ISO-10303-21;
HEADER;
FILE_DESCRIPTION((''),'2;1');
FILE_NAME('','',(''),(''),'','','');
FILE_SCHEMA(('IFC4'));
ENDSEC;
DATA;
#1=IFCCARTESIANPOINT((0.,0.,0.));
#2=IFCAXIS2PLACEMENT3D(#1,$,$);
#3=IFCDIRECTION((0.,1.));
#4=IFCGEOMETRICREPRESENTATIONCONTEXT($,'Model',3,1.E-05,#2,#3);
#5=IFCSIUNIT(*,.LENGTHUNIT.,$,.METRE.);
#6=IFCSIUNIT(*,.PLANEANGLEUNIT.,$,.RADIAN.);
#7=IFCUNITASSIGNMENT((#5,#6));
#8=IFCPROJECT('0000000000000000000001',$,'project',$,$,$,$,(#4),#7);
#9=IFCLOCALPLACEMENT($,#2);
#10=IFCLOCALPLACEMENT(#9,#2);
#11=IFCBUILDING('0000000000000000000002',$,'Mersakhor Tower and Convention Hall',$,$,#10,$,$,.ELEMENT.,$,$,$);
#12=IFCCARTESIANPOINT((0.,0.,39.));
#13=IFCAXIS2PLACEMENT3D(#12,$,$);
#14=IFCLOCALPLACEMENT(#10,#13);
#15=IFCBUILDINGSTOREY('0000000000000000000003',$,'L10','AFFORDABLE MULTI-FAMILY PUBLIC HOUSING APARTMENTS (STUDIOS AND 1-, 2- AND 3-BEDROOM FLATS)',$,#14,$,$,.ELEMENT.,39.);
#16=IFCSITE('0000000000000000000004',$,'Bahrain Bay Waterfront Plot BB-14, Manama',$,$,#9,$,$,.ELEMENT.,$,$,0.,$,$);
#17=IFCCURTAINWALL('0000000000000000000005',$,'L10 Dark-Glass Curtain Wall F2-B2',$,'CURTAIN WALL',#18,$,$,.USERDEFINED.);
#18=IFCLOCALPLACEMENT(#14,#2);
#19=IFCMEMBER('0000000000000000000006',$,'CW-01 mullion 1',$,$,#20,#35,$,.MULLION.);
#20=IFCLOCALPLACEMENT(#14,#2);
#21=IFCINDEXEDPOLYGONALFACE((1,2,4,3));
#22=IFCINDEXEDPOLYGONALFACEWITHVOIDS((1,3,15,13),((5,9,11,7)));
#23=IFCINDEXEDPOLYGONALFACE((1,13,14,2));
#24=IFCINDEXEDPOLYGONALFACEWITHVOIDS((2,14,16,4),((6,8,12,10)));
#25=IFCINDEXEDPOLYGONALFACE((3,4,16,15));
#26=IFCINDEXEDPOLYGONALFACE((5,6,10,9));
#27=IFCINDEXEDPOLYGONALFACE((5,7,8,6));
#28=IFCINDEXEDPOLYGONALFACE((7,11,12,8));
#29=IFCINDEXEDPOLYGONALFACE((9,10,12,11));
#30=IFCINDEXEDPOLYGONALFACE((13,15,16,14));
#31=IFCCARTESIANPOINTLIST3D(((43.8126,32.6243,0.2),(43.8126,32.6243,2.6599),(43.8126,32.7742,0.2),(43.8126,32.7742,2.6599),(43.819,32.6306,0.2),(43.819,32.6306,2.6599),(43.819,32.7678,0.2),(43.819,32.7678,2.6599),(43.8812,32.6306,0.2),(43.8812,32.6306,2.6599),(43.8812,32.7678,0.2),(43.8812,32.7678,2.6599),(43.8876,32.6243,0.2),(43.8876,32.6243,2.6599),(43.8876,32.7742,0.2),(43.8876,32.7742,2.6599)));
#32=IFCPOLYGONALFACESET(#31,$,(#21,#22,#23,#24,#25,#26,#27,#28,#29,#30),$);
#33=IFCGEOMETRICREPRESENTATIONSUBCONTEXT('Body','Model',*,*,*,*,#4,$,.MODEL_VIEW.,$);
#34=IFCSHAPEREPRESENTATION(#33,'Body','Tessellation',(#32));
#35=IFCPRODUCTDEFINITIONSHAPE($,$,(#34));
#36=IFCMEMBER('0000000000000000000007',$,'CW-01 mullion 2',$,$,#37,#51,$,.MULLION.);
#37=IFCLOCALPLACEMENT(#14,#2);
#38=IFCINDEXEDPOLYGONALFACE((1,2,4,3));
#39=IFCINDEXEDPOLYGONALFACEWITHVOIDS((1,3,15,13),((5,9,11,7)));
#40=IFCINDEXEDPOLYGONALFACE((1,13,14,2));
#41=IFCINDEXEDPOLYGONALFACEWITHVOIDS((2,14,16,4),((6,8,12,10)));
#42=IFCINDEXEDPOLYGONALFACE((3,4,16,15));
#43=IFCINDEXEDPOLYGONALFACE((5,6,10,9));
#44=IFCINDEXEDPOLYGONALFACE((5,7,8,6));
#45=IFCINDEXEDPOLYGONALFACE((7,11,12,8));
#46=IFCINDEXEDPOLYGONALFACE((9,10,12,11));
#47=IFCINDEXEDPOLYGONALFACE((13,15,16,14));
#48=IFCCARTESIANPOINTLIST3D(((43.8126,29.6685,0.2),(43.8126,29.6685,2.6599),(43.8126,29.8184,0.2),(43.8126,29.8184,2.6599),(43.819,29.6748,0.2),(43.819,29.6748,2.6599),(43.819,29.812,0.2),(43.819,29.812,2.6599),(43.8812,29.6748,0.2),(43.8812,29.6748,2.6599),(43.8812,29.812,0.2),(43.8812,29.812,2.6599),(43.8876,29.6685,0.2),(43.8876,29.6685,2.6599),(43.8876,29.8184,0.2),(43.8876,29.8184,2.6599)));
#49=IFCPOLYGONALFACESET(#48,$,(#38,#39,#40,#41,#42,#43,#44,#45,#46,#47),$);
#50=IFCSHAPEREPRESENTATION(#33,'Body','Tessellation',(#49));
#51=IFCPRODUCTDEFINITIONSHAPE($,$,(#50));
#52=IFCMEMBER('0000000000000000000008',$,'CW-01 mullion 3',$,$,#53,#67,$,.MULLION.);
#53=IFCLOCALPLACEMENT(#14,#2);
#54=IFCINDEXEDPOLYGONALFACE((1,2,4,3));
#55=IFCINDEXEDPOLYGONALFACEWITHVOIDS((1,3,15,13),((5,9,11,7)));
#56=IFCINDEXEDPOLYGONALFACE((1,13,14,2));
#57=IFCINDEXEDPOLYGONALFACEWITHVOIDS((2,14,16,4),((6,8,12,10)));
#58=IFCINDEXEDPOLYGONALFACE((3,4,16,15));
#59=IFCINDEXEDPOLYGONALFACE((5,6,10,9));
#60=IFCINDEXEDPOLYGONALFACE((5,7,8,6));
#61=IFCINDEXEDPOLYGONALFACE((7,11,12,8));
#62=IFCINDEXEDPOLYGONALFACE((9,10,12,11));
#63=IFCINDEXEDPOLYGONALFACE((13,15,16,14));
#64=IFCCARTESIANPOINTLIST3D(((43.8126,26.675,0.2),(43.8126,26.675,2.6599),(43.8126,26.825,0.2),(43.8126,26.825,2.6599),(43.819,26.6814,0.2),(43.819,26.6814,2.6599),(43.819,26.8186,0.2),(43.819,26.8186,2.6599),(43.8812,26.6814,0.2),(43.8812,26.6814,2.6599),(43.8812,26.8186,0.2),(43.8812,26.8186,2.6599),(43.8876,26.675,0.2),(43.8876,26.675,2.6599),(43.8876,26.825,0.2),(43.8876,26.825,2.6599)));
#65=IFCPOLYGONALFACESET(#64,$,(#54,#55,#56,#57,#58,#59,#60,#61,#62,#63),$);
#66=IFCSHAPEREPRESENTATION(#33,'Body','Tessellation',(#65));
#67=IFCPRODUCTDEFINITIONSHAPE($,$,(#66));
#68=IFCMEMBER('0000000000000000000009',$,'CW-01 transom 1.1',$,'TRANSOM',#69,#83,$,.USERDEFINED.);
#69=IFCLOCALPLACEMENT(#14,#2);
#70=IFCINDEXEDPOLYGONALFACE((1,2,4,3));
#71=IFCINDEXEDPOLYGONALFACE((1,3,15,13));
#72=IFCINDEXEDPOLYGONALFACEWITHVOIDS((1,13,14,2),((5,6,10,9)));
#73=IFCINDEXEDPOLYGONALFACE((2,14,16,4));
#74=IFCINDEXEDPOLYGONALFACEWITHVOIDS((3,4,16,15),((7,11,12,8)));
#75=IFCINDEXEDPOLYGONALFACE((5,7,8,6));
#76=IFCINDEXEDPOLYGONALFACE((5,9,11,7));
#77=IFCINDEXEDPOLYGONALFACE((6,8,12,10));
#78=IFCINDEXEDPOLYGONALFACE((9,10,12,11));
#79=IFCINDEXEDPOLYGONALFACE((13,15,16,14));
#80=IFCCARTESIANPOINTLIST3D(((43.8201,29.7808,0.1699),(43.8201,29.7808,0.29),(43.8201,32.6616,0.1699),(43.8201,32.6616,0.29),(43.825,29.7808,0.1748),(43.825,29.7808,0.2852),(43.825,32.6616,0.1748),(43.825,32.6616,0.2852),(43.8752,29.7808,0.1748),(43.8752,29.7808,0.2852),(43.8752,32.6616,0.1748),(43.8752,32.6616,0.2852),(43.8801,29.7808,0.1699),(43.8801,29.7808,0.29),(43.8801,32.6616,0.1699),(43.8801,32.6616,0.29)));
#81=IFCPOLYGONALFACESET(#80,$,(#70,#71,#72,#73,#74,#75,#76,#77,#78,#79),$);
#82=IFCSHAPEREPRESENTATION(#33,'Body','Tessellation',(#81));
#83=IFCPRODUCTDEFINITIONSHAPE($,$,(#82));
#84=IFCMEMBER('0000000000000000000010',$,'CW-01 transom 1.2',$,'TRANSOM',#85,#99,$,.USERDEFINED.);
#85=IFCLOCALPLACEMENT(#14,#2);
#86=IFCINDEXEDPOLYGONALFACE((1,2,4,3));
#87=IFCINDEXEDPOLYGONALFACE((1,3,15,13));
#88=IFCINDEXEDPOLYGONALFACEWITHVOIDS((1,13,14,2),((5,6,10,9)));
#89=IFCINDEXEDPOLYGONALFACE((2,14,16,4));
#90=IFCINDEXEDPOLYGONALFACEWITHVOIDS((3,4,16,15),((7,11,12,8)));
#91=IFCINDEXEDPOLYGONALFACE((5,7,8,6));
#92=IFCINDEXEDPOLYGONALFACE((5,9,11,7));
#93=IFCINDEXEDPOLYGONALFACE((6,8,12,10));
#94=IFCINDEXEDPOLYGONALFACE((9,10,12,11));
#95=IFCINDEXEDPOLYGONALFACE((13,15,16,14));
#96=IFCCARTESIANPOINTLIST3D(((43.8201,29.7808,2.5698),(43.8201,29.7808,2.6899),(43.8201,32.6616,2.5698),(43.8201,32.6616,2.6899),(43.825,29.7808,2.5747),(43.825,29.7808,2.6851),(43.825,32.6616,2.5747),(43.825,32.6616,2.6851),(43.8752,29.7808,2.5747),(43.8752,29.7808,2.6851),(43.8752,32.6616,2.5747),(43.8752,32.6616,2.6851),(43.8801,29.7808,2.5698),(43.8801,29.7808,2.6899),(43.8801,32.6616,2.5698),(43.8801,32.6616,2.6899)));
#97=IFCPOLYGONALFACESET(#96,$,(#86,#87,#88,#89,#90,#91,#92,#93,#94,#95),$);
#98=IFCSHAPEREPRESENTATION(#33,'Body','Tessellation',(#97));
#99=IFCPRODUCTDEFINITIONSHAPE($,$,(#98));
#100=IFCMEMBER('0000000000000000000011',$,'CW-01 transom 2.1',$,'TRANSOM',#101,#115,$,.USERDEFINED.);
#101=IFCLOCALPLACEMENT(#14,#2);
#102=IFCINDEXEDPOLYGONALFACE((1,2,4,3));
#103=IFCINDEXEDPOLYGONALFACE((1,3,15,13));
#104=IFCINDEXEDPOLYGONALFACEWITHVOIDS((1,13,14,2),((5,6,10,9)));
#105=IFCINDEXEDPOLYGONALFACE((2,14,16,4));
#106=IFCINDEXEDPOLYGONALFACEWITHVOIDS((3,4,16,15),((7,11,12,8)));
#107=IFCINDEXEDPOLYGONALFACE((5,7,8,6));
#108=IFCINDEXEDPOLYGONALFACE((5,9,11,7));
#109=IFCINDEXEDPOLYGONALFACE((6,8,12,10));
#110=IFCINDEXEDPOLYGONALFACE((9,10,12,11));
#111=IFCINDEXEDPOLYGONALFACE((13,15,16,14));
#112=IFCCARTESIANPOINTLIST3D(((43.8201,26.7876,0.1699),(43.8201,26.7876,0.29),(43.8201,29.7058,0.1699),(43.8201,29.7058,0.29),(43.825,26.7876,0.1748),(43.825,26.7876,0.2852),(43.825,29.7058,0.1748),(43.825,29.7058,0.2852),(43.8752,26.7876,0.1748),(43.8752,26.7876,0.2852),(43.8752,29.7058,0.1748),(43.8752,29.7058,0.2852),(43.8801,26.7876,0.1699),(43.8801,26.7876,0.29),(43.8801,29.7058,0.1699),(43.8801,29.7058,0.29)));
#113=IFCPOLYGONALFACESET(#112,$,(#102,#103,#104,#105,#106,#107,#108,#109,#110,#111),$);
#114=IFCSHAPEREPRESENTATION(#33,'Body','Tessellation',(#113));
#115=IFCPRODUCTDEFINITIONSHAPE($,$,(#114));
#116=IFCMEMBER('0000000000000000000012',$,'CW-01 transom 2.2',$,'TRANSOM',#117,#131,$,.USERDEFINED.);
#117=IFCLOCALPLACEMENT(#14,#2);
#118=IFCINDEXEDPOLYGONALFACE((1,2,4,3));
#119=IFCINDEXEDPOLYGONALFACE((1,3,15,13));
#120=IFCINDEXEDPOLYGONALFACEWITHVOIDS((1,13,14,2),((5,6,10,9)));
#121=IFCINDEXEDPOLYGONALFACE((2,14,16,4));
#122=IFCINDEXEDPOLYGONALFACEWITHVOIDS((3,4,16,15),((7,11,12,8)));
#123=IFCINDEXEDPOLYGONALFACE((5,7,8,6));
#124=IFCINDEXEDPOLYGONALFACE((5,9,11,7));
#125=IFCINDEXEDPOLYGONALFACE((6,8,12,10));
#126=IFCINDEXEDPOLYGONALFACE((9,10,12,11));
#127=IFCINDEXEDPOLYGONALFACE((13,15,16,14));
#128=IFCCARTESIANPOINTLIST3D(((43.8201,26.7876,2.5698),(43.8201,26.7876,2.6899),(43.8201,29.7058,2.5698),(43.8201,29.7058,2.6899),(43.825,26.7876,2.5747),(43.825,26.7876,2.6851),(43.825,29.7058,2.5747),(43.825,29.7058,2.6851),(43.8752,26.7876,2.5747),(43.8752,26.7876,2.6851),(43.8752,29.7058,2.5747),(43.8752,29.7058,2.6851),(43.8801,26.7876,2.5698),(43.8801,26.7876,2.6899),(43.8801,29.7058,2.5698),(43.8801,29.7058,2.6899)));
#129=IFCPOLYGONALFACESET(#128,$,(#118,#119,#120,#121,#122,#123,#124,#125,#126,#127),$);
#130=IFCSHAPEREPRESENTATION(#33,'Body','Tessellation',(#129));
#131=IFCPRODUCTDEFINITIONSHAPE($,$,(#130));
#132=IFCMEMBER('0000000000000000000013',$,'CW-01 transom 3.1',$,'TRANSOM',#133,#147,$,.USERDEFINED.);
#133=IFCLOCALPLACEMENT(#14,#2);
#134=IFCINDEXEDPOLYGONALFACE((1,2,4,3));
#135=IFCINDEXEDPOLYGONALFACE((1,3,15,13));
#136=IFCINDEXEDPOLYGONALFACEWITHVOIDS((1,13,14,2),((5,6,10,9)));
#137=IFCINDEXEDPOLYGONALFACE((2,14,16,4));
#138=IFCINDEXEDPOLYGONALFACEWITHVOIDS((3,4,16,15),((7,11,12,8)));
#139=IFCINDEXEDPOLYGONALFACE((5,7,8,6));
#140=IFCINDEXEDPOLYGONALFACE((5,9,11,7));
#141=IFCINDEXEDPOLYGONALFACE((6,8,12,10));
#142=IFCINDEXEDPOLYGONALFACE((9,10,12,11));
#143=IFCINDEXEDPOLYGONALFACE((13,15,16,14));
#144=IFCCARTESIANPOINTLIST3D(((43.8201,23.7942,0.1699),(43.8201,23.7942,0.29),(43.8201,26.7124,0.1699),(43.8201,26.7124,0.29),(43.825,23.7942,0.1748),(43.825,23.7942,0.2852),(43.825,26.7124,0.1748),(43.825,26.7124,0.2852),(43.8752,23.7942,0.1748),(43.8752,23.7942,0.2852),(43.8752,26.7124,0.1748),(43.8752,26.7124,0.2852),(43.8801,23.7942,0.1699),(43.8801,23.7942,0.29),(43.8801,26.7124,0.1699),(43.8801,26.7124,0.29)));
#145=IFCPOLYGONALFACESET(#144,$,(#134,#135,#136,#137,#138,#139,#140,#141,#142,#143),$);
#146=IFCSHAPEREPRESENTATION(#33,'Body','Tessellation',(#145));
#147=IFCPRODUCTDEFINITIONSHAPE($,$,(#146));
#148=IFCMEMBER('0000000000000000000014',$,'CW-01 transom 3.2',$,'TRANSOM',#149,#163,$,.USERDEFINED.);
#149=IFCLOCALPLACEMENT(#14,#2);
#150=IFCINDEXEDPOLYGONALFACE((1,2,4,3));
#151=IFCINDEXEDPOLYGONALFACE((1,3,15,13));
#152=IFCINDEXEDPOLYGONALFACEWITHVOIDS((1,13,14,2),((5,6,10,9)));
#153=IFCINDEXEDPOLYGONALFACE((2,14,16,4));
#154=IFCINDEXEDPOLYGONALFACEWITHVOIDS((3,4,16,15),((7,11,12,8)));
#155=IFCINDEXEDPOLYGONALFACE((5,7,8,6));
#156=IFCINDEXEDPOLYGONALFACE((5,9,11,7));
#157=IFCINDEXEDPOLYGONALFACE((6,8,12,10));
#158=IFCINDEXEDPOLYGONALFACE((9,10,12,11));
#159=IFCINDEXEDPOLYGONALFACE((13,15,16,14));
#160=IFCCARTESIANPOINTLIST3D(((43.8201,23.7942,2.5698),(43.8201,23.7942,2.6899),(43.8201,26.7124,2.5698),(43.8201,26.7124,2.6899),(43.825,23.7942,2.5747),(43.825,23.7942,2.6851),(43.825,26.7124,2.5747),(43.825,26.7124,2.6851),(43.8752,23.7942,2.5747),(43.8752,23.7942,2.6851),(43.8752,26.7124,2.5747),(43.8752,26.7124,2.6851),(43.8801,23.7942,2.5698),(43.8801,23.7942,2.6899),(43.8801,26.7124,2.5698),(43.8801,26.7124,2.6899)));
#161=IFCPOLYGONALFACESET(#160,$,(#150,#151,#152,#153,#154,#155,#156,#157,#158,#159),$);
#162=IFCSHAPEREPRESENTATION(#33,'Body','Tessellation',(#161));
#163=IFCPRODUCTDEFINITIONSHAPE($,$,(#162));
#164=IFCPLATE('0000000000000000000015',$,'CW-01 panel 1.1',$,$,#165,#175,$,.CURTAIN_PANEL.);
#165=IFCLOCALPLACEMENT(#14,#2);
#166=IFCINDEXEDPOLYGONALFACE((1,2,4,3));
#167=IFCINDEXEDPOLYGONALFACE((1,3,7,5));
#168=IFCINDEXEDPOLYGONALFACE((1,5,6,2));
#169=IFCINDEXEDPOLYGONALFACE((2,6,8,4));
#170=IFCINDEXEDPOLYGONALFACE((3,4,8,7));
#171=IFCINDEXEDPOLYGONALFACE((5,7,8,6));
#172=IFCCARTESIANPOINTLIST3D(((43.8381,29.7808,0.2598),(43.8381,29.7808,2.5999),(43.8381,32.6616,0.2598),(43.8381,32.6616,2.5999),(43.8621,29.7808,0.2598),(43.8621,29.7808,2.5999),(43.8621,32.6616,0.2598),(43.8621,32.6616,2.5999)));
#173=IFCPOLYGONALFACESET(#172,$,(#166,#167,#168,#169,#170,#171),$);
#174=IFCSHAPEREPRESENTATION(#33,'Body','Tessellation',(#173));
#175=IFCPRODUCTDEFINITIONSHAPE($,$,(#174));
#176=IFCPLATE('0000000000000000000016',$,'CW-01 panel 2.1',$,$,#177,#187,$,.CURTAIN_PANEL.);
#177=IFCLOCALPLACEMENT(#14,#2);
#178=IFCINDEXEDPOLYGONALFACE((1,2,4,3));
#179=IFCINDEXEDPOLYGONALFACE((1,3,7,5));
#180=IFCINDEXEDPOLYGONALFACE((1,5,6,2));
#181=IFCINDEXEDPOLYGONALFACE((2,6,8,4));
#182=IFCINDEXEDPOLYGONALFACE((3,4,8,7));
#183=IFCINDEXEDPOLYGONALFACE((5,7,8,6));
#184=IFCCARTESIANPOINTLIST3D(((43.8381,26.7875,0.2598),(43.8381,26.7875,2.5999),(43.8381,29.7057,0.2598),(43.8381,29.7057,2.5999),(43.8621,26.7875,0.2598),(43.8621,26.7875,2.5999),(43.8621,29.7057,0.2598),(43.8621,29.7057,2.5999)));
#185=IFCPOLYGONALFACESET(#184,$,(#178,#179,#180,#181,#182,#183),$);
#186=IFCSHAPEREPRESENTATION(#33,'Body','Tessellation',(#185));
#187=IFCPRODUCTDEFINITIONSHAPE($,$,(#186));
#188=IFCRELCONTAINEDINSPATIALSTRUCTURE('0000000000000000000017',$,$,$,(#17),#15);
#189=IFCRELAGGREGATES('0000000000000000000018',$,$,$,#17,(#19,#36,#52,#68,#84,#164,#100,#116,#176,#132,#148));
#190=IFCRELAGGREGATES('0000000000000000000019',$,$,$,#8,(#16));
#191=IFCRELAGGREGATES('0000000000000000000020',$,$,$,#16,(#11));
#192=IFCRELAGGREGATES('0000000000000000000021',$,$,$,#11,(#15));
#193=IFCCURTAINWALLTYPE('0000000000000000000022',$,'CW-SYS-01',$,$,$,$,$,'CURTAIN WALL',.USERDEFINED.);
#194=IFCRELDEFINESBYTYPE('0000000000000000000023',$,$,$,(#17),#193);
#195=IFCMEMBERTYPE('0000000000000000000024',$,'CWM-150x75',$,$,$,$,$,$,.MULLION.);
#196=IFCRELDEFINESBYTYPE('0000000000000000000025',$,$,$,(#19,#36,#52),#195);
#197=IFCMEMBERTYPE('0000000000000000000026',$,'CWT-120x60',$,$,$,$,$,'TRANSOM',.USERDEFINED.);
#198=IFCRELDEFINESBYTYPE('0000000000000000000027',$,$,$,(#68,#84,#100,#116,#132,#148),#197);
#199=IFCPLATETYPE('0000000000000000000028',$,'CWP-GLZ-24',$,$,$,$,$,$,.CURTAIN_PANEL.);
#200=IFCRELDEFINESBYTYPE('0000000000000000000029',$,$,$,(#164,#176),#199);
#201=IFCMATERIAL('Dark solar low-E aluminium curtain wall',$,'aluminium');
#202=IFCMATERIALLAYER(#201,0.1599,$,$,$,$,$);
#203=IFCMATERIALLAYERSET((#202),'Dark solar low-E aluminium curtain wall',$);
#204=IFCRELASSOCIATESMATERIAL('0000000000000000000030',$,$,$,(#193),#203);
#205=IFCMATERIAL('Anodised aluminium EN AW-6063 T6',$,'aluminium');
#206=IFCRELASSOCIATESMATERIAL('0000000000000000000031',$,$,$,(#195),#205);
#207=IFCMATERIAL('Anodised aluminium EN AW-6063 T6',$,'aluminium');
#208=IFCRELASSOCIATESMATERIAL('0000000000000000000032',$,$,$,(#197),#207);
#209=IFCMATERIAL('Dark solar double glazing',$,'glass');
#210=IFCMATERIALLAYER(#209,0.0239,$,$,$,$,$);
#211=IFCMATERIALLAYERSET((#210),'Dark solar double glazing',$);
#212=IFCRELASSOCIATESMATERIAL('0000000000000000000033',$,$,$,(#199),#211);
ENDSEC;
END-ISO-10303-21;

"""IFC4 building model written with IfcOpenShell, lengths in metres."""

from ifc_helpers import new_model, si_unit, direction, frame, origin, origin_2d, place, context, subcontext, project, spatial, rectangle, hollow_rectangle, extrude, material, layer, layer_set, material_profile, profile_set, type_object, element, aggregate, save


model = new_model("IFC4")

# Units and contexts
model_context = context("Model", 3, precision=1e-05, world=origin(), true_north=direction((0.0, 1.0)))
body_context = subcontext(model_context, "Body", "Model", "MODEL_VIEW")
ifc_project = project(units=[si_unit("LENGTHUNIT", "METRE"), si_unit("PLANEANGLEUNIT", "RADIAN")], contexts=[model_context])

# Site, building, storey
site_placement = place(None, origin())
site = spatial("IfcSite", under=ifc_project, at=site_placement, Name="Bahrain Bay Waterfront Plot BB-14, Manama", CompositionType="ELEMENT", RefElevation=0.0)
building_placement = place(site_placement, origin())
building = spatial("IfcBuilding", under=site, at=building_placement, Name="Mersakhor Tower and Convention Hall", CompositionType="ELEMENT")
storey_placement = place(building_placement, frame((0.0, 0.0, 39.0)))
storey = spatial("IfcBuildingStorey", under=building, at=storey_placement, Name="L10", Description="AFFORDABLE MULTI-FAMILY PUBLIC HOUSING APARTMENTS (STUDIOS AND 1-, 2- AND 3-BEDROOM FLATS)", CompositionType="ELEMENT", Elevation=39.0)

# Curtain wall, members, plates
ifc_material_1 = material(Name="Dark solar low-E aluminium curtain wall", Category="aluminium")
ifc_layer_1 = layer(ifc_material_1, 0.1599)
ifc_layer_set_1 = layer_set([ifc_layer_1], Name="Dark solar low-E aluminium curtain wall")
curtain_wall_type = type_object("IfcCurtainWallType", Name="CW-SYS-01", ElementType="CURTAIN WALL", PredefinedType="USERDEFINED", material=ifc_layer_set_1)
curtain_wall_placement = place(storey_placement, origin())
curtain_wall = element("IfcCurtainWall", 1, at=curtain_wall_placement, inside=storey, type_object=curtain_wall_type, Name="L10 Dark-Glass Curtain Wall F2-B2", ObjectType="CURTAIN WALL", PredefinedType="USERDEFINED")
ifc_material_2 = material(Name="Anodised aluminium EN AW-6063 T6", Category="aluminium")
ifc_material_profile_1 = material_profile(ifc_material_2, hollow_rectangle(XDim=0.075, YDim=0.1499, WallThickness=0.0063, at=origin_2d()), Name="RHS 150x75x6.3")
ifc_profile_set_1 = profile_set([ifc_material_profile_1], Name="Anodised aluminium EN AW-6063 T6")
member_type_1 = type_object("IfcMemberType", Name="CWM-150x75", PredefinedType="MULLION", material=ifc_profile_set_1)
member_1_placement = place(storey_placement, frame((43.8501, 32.6992, 0.2), z_axis=(0.0, 0.0, 1.0), x_axis=(1.0, 0.0, 0.0)))
member_1 = element("IfcMember", 2, at=member_1_placement, type_object=member_type_1, Name="CW-01 mullion 1", PredefinedType="MULLION", context=body_context, shape_type="SweptSolid", body=[
    extrude(hollow_rectangle(XDim=0.075, YDim=0.1499, WallThickness=0.0063, at=origin_2d()), origin(), (0.0, 0.0, 1.0), 2.46),
])
member_2_placement = place(storey_placement, frame((43.8501, 29.7434, 0.2), z_axis=(0.0, 0.0, 1.0), x_axis=(1.0, 0.0, 0.0)))
member_2 = element("IfcMember", 3, at=member_2_placement, type_object=member_type_1, Name="CW-01 mullion 2", PredefinedType="MULLION", context=body_context, shape_type="SweptSolid", body=[
    extrude(hollow_rectangle(XDim=0.075, YDim=0.1499, WallThickness=0.0063, at=origin_2d()), origin(), (0.0, 0.0, 1.0), 2.46),
])
member_3_placement = place(storey_placement, frame((43.8501, 26.75, 0.2), z_axis=(0.0, 0.0, 1.0), x_axis=(1.0, 0.0, 0.0)))
member_3 = element("IfcMember", 4, at=member_3_placement, type_object=member_type_1, Name="CW-01 mullion 3", PredefinedType="MULLION", context=body_context, shape_type="SweptSolid", body=[
    extrude(hollow_rectangle(XDim=0.075, YDim=0.1499, WallThickness=0.0063, at=origin_2d()), origin(), (0.0, 0.0, 1.0), 2.46),
])
ifc_material_3 = material(Name="Anodised aluminium EN AW-6063 T6", Category="aluminium")
ifc_material_profile_2 = material_profile(ifc_material_3, hollow_rectangle(XDim=0.0601, YDim=0.1201, WallThickness=0.0049, at=origin_2d()), Name="RHS 120x60x5")
ifc_profile_set_2 = profile_set([ifc_material_profile_2], Name="Anodised aluminium EN AW-6063 T6")
member_type_2 = type_object("IfcMemberType", Name="CWT-120x60", ElementType="TRANSOM", PredefinedType="USERDEFINED", material=ifc_profile_set_2)
member_4_placement = place(storey_placement, frame((43.8501, 32.6616, 0.23), z_axis=(0.0, -1.0, 0.0), x_axis=(1.0, 0.0, 0.0)))
member_4 = element("IfcMember", 5, at=member_4_placement, type_object=member_type_2, Name="CW-01 transom 1.1", ObjectType="TRANSOM", PredefinedType="USERDEFINED", context=body_context, shape_type="SweptSolid", body=[
    extrude(hollow_rectangle(XDim=0.0601, YDim=0.1201, WallThickness=0.0049, at=origin_2d()), origin(), (0.0, 0.0, 1.0), 2.8809),
])
member_5_placement = place(storey_placement, frame((43.8501, 32.6616, 2.6299), z_axis=(0.0, -1.0, 0.0), x_axis=(1.0, 0.0, 0.0)))
member_5 = element("IfcMember", 6, at=member_5_placement, type_object=member_type_2, Name="CW-01 transom 1.2", ObjectType="TRANSOM", PredefinedType="USERDEFINED", context=body_context, shape_type="SweptSolid", body=[
    extrude(hollow_rectangle(XDim=0.0601, YDim=0.1201, WallThickness=0.0049, at=origin_2d()), origin(), (0.0, 0.0, 1.0), 2.8809),
])
member_6_placement = place(storey_placement, frame((43.8501, 29.7058, 0.23), z_axis=(0.0, -1.0, 0.0), x_axis=(1.0, 0.0, 0.0)))
member_6 = element("IfcMember", 7, at=member_6_placement, type_object=member_type_2, Name="CW-01 transom 2.1", ObjectType="TRANSOM", PredefinedType="USERDEFINED", context=body_context, shape_type="SweptSolid", body=[
    extrude(hollow_rectangle(XDim=0.0601, YDim=0.1201, WallThickness=0.0049, at=origin_2d()), origin(), (0.0, 0.0, 1.0), 2.9182),
])
member_7_placement = place(storey_placement, frame((43.8501, 29.7058, 2.6299), z_axis=(0.0, -1.0, 0.0), x_axis=(1.0, 0.0, 0.0)))
member_7 = element("IfcMember", 8, at=member_7_placement, type_object=member_type_2, Name="CW-01 transom 2.2", ObjectType="TRANSOM", PredefinedType="USERDEFINED", context=body_context, shape_type="SweptSolid", body=[
    extrude(hollow_rectangle(XDim=0.0601, YDim=0.1201, WallThickness=0.0049, at=origin_2d()), origin(), (0.0, 0.0, 1.0), 2.9182),
])
member_8_placement = place(storey_placement, frame((43.8501, 26.7124, 0.23), z_axis=(0.0, -1.0, 0.0), x_axis=(1.0, 0.0, 0.0)))
member_8 = element("IfcMember", 9, at=member_8_placement, type_object=member_type_2, Name="CW-01 transom 3.1", ObjectType="TRANSOM", PredefinedType="USERDEFINED", context=body_context, shape_type="SweptSolid", body=[
    extrude(hollow_rectangle(XDim=0.0601, YDim=0.1201, WallThickness=0.0049, at=origin_2d()), origin(), (0.0, 0.0, 1.0), 2.9182),
])
member_9_placement = place(storey_placement, frame((43.8501, 26.7124, 2.6299), z_axis=(0.0, -1.0, 0.0), x_axis=(1.0, 0.0, 0.0)))
member_9 = element("IfcMember", 10, at=member_9_placement, type_object=member_type_2, Name="CW-01 transom 3.2", ObjectType="TRANSOM", PredefinedType="USERDEFINED", context=body_context, shape_type="SweptSolid", body=[
    extrude(hollow_rectangle(XDim=0.0601, YDim=0.1201, WallThickness=0.0049, at=origin_2d()), origin(), (0.0, 0.0, 1.0), 2.9182),
])
ifc_material_4 = material(Name="Dark solar double glazing", Category="glass")
ifc_layer_2 = layer(ifc_material_4, 0.0239)
ifc_layer_set_2 = layer_set([ifc_layer_2], Name="Dark solar double glazing")
plate_type_1 = type_object("IfcPlateType", Name="CWP-GLZ-24", PredefinedType="CURTAIN_PANEL", material=ifc_layer_set_2)
plate_1_placement = place(storey_placement, frame((43.8501, 31.2212, 0.2598), z_axis=(0.0, 0.0, 1.0), x_axis=(0.0, -1.0, 0.0)))
plate_1 = element("IfcPlate", 11, at=plate_1_placement, type_object=plate_type_1, Name="CW-01 panel 1.1", PredefinedType="CURTAIN_PANEL", context=body_context, shape_type="SweptSolid", body=[
    extrude(rectangle(XDim=2.8809, YDim=0.0239, at=origin_2d()), origin(), (0.0, 0.0, 1.0), 2.3401),
])
plate_2_placement = place(storey_placement, frame((43.8501, 28.2466, 0.2598), z_axis=(0.0, 0.0, 1.0), x_axis=(0.0, -1.0, 0.0)))
plate_2 = element("IfcPlate", 12, at=plate_2_placement, type_object=plate_type_1, Name="CW-01 panel 2.1", PredefinedType="CURTAIN_PANEL", context=body_context, shape_type="SweptSolid", body=[
    extrude(rectangle(XDim=2.9182, YDim=0.0239, at=origin_2d()), origin(), (0.0, 0.0, 1.0), 2.3401),
])
aggregate(curtain_wall, [member_1, member_2, member_3, member_4, member_5, plate_1, member_6, member_7, plate_2, member_8, member_9])

save(model, "model.ifc")
